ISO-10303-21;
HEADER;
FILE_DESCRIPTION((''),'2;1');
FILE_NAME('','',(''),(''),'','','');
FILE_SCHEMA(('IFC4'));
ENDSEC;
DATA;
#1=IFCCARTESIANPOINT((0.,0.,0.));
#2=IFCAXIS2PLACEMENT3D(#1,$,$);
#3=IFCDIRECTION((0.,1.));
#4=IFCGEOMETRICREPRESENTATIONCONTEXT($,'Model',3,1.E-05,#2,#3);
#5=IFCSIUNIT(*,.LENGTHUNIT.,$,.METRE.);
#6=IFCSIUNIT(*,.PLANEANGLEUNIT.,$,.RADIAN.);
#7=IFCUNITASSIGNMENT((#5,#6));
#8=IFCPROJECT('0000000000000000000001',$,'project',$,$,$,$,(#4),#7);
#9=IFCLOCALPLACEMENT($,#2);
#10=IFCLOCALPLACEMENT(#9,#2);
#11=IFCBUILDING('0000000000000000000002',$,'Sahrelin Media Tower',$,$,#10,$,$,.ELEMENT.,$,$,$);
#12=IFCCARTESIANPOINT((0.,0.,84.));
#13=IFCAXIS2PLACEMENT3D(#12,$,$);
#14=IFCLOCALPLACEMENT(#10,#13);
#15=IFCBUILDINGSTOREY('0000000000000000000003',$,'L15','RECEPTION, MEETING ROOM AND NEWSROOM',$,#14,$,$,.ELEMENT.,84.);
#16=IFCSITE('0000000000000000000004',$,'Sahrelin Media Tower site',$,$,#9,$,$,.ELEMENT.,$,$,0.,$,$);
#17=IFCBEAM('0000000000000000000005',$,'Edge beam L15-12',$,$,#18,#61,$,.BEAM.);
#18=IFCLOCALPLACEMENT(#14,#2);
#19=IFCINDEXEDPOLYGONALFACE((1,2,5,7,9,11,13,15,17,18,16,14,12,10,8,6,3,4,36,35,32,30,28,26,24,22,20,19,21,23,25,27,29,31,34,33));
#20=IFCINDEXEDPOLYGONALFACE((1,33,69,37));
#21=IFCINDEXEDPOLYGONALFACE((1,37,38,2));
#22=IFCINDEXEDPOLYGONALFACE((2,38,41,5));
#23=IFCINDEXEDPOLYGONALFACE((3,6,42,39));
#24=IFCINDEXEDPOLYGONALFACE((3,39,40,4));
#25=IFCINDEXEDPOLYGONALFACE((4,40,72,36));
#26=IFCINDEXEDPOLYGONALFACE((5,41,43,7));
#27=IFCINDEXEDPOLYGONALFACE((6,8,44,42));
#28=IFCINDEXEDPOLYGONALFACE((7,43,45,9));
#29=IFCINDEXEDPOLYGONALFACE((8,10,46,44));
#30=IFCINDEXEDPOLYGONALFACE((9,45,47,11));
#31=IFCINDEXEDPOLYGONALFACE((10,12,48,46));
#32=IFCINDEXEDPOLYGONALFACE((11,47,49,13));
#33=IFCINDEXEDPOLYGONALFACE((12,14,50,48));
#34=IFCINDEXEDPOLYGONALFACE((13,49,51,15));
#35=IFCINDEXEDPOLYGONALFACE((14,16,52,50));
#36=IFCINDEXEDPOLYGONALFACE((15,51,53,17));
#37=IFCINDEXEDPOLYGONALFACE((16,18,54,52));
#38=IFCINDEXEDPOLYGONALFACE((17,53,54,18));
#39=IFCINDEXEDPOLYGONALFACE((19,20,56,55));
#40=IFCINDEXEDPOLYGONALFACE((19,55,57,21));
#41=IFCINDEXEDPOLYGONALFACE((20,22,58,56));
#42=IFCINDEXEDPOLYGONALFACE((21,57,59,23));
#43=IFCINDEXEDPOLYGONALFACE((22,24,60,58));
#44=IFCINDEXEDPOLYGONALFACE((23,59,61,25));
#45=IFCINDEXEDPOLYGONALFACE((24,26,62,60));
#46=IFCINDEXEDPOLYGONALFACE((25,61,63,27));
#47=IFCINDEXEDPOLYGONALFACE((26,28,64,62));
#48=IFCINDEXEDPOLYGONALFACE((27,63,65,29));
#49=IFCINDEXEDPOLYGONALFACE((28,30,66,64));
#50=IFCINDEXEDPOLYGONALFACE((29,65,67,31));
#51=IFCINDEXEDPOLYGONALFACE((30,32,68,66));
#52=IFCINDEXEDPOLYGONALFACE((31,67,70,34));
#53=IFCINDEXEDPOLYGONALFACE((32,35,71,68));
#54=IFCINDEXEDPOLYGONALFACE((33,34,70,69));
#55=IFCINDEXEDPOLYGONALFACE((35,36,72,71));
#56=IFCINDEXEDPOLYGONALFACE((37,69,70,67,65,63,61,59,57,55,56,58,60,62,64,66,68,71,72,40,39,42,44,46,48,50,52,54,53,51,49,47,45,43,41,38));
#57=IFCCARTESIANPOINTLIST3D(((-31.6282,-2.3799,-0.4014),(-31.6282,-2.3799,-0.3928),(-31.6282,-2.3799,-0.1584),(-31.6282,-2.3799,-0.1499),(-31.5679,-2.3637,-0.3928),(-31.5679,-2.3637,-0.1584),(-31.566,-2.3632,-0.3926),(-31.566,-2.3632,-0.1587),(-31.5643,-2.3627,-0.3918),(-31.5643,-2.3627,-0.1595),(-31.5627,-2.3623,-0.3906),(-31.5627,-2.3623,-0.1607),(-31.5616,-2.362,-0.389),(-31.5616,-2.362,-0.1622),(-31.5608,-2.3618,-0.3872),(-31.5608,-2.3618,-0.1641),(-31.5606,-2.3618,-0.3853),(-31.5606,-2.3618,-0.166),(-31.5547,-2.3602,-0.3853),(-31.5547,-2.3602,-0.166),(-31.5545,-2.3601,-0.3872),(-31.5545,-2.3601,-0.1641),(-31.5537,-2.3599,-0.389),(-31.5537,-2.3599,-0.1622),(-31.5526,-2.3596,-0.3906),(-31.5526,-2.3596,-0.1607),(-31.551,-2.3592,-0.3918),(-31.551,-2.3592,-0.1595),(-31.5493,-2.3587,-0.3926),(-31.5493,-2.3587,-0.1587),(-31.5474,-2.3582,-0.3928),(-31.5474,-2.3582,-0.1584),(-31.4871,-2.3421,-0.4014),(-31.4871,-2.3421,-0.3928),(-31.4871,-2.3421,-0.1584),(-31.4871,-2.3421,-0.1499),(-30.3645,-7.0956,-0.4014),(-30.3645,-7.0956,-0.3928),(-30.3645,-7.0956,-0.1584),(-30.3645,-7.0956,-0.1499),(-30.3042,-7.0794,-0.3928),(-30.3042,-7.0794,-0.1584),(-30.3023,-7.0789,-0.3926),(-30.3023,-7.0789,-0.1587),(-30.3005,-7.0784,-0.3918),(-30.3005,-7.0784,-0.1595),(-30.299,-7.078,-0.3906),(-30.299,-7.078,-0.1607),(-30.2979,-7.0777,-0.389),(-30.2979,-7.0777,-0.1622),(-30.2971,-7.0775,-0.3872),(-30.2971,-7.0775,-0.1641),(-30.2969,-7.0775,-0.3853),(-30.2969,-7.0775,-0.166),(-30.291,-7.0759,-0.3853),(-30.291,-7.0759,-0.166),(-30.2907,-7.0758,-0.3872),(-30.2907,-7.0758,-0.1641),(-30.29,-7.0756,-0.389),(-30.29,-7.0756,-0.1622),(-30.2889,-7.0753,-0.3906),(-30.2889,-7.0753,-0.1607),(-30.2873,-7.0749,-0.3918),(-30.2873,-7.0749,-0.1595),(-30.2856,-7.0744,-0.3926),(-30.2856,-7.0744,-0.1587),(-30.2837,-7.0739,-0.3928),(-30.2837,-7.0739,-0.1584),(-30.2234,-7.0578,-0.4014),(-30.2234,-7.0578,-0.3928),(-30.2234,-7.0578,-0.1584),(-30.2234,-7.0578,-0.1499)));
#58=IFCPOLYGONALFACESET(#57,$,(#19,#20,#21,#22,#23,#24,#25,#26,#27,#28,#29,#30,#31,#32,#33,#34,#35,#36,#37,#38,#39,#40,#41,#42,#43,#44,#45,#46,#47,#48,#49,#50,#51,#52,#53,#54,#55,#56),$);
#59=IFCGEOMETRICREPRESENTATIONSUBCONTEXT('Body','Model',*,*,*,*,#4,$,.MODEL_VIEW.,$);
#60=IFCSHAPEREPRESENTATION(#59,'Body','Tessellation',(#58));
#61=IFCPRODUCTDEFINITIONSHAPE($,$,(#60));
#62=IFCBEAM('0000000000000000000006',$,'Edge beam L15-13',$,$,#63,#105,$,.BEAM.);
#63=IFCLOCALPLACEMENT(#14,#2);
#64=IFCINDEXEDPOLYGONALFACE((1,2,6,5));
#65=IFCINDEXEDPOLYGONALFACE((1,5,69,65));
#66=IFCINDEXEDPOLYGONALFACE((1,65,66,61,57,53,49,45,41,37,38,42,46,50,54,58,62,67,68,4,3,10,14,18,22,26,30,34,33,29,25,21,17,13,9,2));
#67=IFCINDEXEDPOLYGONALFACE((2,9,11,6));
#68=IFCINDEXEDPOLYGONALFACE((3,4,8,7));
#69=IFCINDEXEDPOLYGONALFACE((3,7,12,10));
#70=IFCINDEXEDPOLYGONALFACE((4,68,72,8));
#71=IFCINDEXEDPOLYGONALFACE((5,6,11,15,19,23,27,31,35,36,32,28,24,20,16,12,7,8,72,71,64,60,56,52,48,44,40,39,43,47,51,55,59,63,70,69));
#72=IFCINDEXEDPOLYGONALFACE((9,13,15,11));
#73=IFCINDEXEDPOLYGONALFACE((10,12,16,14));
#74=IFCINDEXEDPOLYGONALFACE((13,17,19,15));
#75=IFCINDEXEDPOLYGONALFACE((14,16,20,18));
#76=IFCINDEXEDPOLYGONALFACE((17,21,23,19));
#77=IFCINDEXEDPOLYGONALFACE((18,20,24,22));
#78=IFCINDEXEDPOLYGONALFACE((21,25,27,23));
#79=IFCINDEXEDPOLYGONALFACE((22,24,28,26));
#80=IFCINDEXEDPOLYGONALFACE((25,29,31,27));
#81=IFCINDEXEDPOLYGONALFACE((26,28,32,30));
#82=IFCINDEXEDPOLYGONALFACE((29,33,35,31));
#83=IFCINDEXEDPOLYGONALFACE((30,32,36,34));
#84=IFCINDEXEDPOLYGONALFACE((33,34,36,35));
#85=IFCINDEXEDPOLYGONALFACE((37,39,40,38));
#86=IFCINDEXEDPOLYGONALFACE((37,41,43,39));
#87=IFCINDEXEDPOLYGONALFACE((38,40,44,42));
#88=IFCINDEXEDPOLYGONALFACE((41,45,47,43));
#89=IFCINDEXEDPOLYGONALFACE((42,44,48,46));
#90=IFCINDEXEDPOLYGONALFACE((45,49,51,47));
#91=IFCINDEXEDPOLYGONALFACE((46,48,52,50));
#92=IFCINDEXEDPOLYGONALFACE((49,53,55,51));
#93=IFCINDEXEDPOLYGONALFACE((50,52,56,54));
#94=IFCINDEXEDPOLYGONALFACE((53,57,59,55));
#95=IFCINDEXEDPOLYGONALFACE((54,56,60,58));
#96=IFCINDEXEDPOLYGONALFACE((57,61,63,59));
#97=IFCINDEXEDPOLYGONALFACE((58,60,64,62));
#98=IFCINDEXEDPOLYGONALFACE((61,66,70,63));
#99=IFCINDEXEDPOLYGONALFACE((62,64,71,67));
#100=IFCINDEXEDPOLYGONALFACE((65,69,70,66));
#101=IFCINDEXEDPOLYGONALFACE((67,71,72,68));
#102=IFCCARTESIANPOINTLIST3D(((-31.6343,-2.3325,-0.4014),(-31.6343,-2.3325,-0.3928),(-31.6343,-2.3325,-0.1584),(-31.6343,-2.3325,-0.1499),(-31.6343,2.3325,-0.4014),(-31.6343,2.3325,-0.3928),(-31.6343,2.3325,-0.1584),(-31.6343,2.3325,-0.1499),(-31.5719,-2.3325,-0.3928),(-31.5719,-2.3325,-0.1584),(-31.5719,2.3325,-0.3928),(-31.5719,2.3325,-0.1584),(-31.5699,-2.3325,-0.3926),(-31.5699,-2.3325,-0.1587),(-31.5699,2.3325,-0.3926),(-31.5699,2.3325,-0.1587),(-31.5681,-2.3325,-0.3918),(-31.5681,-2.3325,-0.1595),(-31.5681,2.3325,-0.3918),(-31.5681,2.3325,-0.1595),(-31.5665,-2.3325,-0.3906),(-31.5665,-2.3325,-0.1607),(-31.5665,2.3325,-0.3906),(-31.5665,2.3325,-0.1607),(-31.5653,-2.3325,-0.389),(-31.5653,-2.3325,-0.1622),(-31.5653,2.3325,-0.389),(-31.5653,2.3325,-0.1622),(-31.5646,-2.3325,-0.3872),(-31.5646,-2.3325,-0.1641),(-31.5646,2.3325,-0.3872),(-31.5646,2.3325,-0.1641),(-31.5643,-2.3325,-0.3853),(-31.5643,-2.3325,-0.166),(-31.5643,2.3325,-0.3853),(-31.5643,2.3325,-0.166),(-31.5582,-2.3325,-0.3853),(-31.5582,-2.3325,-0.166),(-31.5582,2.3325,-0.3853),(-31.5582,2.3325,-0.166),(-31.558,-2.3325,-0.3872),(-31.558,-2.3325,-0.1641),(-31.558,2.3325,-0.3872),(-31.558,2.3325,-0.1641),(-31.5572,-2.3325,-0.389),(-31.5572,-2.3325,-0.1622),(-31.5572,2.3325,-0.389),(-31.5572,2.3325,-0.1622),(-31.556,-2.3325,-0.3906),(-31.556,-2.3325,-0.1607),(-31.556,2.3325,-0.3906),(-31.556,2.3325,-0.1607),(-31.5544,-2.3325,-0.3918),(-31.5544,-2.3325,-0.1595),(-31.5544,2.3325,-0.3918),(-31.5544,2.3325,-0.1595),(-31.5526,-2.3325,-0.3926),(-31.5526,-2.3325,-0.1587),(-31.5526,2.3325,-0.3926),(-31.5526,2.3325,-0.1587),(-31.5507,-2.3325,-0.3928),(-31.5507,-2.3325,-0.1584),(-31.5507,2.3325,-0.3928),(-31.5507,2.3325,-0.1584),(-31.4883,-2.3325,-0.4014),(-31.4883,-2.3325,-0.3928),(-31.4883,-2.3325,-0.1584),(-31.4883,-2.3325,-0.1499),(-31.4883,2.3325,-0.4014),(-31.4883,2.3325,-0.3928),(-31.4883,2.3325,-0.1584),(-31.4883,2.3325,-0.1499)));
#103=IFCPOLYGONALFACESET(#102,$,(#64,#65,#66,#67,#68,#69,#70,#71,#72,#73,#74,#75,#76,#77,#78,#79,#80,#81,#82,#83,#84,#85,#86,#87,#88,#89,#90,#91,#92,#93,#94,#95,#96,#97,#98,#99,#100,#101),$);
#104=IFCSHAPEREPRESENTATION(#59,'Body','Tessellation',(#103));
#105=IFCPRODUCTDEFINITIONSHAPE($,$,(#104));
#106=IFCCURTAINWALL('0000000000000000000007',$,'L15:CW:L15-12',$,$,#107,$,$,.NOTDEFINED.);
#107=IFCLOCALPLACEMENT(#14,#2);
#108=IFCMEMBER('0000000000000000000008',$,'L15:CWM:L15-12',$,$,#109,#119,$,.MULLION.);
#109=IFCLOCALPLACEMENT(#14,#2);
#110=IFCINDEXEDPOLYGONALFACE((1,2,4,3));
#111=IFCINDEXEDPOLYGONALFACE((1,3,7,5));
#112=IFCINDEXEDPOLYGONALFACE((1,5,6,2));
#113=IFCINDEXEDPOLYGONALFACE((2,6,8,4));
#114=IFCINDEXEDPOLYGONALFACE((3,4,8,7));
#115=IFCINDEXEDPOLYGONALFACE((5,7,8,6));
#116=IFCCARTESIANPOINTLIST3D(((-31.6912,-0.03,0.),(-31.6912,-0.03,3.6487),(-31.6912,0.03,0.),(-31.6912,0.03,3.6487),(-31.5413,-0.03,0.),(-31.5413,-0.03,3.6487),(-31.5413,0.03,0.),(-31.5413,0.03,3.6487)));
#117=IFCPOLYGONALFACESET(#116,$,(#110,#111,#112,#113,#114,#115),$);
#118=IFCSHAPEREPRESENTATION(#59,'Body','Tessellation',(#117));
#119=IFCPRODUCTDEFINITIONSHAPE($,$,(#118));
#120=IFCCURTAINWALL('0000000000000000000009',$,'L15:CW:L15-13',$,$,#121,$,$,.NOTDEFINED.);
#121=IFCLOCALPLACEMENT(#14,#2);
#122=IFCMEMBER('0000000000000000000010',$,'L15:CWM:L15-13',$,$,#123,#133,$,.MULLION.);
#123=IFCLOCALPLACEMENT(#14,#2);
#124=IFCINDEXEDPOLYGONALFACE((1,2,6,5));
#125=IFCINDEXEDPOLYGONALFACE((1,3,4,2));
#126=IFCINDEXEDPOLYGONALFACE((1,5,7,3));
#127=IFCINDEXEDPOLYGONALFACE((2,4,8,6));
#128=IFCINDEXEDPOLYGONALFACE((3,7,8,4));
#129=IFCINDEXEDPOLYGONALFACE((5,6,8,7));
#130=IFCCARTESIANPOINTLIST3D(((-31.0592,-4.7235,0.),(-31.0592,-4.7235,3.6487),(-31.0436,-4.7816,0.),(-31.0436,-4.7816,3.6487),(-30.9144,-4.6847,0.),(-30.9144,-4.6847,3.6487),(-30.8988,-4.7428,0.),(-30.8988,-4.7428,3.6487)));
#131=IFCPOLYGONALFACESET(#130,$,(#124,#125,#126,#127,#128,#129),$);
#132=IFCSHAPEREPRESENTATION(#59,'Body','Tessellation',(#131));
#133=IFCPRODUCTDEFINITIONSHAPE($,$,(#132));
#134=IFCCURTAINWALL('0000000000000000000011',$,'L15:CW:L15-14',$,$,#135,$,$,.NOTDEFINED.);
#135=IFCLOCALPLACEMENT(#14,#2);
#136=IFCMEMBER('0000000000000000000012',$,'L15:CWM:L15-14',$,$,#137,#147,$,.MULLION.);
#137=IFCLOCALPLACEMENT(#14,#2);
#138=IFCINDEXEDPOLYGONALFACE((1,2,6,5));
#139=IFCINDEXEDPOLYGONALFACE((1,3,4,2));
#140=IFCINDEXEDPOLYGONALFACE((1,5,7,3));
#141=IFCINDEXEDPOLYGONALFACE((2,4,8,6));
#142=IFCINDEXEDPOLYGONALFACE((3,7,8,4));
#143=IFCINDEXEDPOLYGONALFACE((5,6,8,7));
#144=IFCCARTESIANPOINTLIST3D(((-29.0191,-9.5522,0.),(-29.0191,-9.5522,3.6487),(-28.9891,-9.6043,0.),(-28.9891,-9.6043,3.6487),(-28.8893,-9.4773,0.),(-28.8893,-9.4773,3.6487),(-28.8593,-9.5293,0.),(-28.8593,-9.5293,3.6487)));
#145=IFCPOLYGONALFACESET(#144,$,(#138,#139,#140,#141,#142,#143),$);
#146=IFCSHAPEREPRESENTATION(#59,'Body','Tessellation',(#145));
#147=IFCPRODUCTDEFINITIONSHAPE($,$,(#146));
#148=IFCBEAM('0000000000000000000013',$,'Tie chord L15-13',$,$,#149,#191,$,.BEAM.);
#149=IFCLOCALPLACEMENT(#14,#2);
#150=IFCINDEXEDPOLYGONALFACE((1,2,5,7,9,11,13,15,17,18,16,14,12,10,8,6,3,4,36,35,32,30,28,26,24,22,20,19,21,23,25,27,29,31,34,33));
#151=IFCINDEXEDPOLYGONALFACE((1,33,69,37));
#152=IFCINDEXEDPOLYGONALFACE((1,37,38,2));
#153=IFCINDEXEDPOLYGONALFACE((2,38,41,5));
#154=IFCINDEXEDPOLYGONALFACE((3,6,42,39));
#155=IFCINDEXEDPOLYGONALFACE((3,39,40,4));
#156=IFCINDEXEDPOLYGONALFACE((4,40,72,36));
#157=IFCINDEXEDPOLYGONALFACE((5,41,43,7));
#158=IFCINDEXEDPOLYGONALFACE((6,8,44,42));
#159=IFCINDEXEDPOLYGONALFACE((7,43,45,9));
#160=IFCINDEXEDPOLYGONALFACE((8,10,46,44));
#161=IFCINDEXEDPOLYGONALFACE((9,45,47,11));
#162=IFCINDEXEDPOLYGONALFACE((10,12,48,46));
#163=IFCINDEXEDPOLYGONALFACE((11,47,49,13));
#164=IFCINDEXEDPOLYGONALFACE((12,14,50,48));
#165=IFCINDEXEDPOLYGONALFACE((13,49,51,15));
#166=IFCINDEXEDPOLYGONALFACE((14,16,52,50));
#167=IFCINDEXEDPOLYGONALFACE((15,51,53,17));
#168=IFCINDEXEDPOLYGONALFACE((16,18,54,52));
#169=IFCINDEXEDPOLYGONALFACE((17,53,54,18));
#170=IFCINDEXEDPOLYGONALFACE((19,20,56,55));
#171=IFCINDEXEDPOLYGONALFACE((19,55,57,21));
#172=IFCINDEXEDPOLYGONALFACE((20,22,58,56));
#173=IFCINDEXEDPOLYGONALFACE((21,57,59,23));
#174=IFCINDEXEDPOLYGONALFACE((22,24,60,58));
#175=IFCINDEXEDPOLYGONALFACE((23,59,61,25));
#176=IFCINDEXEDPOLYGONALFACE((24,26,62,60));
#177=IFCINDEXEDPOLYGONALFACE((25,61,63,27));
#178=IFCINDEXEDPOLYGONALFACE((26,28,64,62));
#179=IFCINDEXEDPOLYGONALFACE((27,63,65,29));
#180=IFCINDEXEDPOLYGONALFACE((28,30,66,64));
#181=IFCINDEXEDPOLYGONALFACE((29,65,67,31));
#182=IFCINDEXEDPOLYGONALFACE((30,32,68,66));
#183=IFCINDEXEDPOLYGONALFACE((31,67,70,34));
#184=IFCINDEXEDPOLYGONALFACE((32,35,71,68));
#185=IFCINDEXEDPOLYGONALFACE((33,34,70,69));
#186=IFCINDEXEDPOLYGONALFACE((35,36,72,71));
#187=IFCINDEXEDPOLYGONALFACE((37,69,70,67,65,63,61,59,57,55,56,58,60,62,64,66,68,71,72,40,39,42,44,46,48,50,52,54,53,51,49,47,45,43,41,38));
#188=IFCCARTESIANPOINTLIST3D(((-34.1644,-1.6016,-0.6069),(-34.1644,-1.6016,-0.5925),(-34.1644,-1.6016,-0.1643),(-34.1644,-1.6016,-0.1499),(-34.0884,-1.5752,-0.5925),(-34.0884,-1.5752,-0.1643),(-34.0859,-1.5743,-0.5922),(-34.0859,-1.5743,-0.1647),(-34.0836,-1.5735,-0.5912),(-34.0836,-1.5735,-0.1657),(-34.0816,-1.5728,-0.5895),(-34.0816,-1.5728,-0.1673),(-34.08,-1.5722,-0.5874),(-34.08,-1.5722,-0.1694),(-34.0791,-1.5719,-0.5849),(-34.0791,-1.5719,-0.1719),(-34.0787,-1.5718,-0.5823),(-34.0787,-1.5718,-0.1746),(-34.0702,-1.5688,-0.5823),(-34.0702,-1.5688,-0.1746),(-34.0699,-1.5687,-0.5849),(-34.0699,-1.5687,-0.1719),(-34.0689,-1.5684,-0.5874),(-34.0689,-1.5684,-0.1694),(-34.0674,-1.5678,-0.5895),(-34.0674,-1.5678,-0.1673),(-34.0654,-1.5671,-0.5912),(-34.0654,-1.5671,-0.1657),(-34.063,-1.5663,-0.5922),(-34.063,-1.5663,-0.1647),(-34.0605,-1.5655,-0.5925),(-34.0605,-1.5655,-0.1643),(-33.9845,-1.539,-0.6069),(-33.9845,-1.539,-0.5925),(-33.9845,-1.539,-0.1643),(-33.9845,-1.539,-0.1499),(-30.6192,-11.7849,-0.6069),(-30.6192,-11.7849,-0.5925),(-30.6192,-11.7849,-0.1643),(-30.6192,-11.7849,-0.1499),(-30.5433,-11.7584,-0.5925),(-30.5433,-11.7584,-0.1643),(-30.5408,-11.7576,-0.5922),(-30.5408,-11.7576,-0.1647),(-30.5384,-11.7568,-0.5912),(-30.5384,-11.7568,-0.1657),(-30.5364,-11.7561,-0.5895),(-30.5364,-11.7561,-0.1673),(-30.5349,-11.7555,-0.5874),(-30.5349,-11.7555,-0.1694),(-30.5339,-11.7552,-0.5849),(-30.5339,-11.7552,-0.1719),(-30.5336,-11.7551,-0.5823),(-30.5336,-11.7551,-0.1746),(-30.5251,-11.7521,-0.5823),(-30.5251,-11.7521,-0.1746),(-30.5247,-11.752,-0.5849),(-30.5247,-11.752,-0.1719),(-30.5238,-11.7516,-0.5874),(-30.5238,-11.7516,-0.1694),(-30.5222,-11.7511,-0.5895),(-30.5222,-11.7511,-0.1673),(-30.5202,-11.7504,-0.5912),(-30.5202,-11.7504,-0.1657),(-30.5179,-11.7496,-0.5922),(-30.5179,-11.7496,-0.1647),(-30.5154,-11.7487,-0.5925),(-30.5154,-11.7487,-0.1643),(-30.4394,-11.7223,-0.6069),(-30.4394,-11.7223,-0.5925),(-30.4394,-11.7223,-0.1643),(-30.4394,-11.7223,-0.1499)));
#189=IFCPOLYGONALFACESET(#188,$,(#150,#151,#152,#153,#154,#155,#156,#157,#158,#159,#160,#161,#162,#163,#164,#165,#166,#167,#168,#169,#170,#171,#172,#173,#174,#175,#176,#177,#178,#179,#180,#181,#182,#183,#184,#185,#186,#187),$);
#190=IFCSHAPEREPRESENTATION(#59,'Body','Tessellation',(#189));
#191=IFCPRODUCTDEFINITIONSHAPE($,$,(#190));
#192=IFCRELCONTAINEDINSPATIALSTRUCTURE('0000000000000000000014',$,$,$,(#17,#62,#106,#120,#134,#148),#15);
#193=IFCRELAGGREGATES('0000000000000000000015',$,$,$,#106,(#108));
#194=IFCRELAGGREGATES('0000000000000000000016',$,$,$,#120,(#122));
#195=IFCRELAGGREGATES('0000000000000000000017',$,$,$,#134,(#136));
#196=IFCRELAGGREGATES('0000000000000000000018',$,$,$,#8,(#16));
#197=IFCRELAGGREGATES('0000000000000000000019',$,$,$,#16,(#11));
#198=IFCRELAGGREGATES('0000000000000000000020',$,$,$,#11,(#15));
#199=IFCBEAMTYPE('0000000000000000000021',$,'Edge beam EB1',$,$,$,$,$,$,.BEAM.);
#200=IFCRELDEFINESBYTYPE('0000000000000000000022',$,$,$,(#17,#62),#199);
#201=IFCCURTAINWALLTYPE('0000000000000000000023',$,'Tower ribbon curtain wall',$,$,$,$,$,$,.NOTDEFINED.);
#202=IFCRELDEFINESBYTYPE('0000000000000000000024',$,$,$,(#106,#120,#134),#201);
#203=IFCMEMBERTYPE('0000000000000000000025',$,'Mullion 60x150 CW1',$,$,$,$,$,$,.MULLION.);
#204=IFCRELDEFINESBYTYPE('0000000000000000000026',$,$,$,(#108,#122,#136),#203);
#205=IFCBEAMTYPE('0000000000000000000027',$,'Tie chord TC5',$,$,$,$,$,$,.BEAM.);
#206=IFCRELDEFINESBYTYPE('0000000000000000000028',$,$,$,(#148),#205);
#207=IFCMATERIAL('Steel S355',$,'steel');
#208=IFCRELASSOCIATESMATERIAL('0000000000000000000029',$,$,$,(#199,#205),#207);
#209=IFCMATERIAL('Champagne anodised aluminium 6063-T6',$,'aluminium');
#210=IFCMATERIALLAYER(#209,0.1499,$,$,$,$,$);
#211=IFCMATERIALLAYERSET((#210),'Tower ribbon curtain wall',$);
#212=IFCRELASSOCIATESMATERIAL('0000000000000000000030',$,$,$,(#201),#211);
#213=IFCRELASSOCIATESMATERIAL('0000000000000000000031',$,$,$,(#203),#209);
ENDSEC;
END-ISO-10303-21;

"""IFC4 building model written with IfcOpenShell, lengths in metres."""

from ifc_helpers import new_model, si_unit, direction, frame, origin, origin_2d, place, context, subcontext, project, spatial, rectangle, i_section, extrude, material, layer, layer_set, material_profile, profile_set, type_object, element, aggregate, save


model = new_model("IFC4")

# Units and contexts
model_context = context("Model", 3, precision=1e-05, world=origin(), true_north=direction((0.0, 1.0)))
body_context = subcontext(model_context, "Body", "Model", "MODEL_VIEW")
ifc_project = project(units=[si_unit("LENGTHUNIT", "METRE"), si_unit("PLANEANGLEUNIT", "RADIAN")], contexts=[model_context])

# Site, building, storey
site_placement = place(None, origin())
site = spatial("IfcSite", under=ifc_project, at=site_placement, Name="Sahrelin Media Tower site", CompositionType="ELEMENT", RefElevation=0.0)
building_placement = place(site_placement, origin())
building = spatial("IfcBuilding", under=site, at=building_placement, Name="Sahrelin Media Tower", CompositionType="ELEMENT")
storey_placement = place(building_placement, frame((0.0, 0.0, 84.0)))
storey = spatial("IfcBuildingStorey", under=building, at=storey_placement, Name="L15", Description="RECEPTION, MEETING ROOM AND NEWSROOM", CompositionType="ELEMENT", Elevation=84.0)

# Beams
ifc_material_1 = material(Name="Steel S355", Category="steel")
ifc_material_profile_1 = material_profile(ifc_material_1, i_section(OverallWidth=0.146, OverallDepth=0.2515, WebThickness=0.0061, FlangeThickness=0.0085, FilletRadius=0.0076, at=origin_2d()), Name="UB 254x146x31")
ifc_profile_set_1 = profile_set([ifc_material_profile_1], Name="Steel S355")
beam_type_1 = type_object("IfcBeamType", Name="Edge beam EB1", PredefinedType="BEAM", material=ifc_profile_set_1)
beam_1_placement = place(storey_placement, frame((-30.2939, -7.0767, -0.2756), z_axis=(-0.258845, 0.965919, 0.0), x_axis=(-0.965919, -0.258845, 0.0)))
element("IfcBeam", 1, at=beam_1_placement, inside=storey, type_object=beam_type_1, Name="Edge beam L15-12", PredefinedType="BEAM", context=body_context, shape_type="SweptSolid", body=[
    extrude(i_section(OverallWidth=0.146, OverallDepth=0.2515, WebThickness=0.0061, FlangeThickness=0.0085, FilletRadius=0.0076, at=origin_2d()), origin(), (0.0, 0.0, 1.0), 4.8821),
])
beam_2_placement = place(storey_placement, frame((-31.5613, -2.3325, -0.2756), z_axis=(0.0, 1.0, 0.0), x_axis=(-1.0, 0.0, 0.0)))
element("IfcBeam", 2, at=beam_2_placement, inside=storey, type_object=beam_type_1, Name="Edge beam L15-13", PredefinedType="BEAM", context=body_context, shape_type="SweptSolid", body=[
    extrude(i_section(OverallWidth=0.146, OverallDepth=0.2515, WebThickness=0.0061, FlangeThickness=0.0085, FilletRadius=0.0076, at=origin_2d()), origin(), (0.0, 0.0, 1.0), 4.665),
])

# Curtain walls, members
ifc_material_2 = material(Name="Champagne anodised aluminium 6063-T6", Category="aluminium")
ifc_layer_1 = layer(ifc_material_2, 0.1499)
ifc_layer_set_1 = layer_set([ifc_layer_1], Name="Tower ribbon curtain wall")
curtain_wall_type = type_object("IfcCurtainWallType", Name="Tower ribbon curtain wall", PredefinedType="NOTDEFINED", material=ifc_layer_set_1)
curtain_wall_1_placement = place(storey_placement, frame((-31.7112, 0.0, 0.0), z_axis=(0.0, 0.0, 1.0), x_axis=(1.0, 0.0, 0.0)))
curtain_wall_1 = element("IfcCurtainWall", 3, at=curtain_wall_1_placement, inside=storey, type_object=curtain_wall_type, Name="L15:CW:L15-12", PredefinedType="NOTDEFINED")
ifc_material_profile_2 = material_profile(ifc_material_2, rectangle(XDim=0.0601, YDim=0.1499, at=origin_2d()), Name="Mullion 60x150")
ifc_profile_set_2 = profile_set([ifc_material_profile_2], Name="Champagne anodised aluminium 6063-T6")
member_type_1 = type_object("IfcMemberType", Name="Mullion 60x150 CW1", PredefinedType="MULLION", material=ifc_profile_set_2)
member_1_placement = place(storey_placement, frame((-31.6162, 0.0, 0.0), z_axis=(0.0, 0.0, 1.0), x_axis=(0.0, -1.0, 0.0)))
member_1 = element("IfcMember", 4, at=member_1_placement, type_object=member_type_1, Name="L15:CWM:L15-12", PredefinedType="MULLION", context=body_context, shape_type="SweptSolid", body=[
    extrude(rectangle(XDim=0.0601, YDim=0.1499, at=origin_2d()), origin(), (0.0, 0.0, 1.0), 3.6487),
])
aggregate(curtain_wall_1, [member_1])
curtain_wall_2_placement = place(storey_placement, frame((-31.0708, -4.7576, 0.0), z_axis=(0.0, 0.0, 1.0), x_axis=(1.0, 0.0, 0.0)))
curtain_wall_2 = element("IfcCurtainWall", 5, at=curtain_wall_2_placement, inside=storey, type_object=curtain_wall_type, Name="L15:CW:L15-13", PredefinedType="NOTDEFINED")
member_2_placement = place(storey_placement, frame((-30.979, -4.7332, 0.0), z_axis=(0.0, 0.0, 1.0), x_axis=(0.258817, -0.965926, 0.0)))
member_2 = element("IfcMember", 6, at=member_2_placement, type_object=member_type_1, Name="L15:CWM:L15-13", PredefinedType="MULLION", context=body_context, shape_type="SweptSolid", body=[
    extrude(rectangle(XDim=0.0601, YDim=0.1499, at=origin_2d()), origin(), (0.0, 0.0, 1.0), 3.6487),
])
curtain_wall_3_placement = place(storey_placement, frame((-29.0215, -9.5884, 0.0), z_axis=(0.0, 0.0, 1.0), x_axis=(1.0, 0.0, 0.0)))
curtain_wall_3 = element("IfcCurtainWall", 7, at=curtain_wall_3_placement, inside=storey, type_object=curtain_wall_type, Name="L15:CW:L15-14", PredefinedType="NOTDEFINED")
member_3_placement = place(storey_placement, frame((-28.9392, -9.5408, 0.0), z_axis=(0.0, 0.0, 1.0), x_axis=(0.499991, -0.866031, 0.0)))
member_3 = element("IfcMember", 8, at=member_3_placement, type_object=member_type_1, Name="L15:CWM:L15-14", PredefinedType="MULLION", context=body_context, shape_type="SweptSolid", body=[
    extrude(rectangle(XDim=0.0601, YDim=0.1499, at=origin_2d()), origin(), (0.0, 0.0, 1.0), 3.6487),
])

# Beam
ifc_material_profile_3 = material_profile(ifc_material_1, i_section(OverallWidth=0.1904, OverallDepth=0.457, WebThickness=0.009, FlangeThickness=0.0144, FilletRadius=0.0103, at=origin_2d()), Name="UB 457x191x74")
ifc_profile_set_3 = profile_set([ifc_material_profile_3], Name="Steel S355")
beam_type_2 = type_object("IfcBeamType", Name="Tie chord TC5", PredefinedType="BEAM", material=ifc_profile_set_3)
beam_3_placement = place(storey_placement, frame((-34.0745, -1.5703, -0.3784), z_axis=(0.32878, -0.944407, 0.0), x_axis=(0.944407, 0.32878, 0.0)))
element("IfcBeam", 9, at=beam_3_placement, inside=storey, type_object=beam_type_2, Name="Tie chord L15-13", PredefinedType="BEAM", context=body_context, shape_type="SweptSolid", body=[
    extrude(i_section(OverallWidth=0.1904, OverallDepth=0.457, WebThickness=0.009, FlangeThickness=0.0144, FilletRadius=0.0103, at=origin_2d()), origin(), (0.0, 0.0, 1.0), 10.7827),
])

aggregate(curtain_wall_2, [member_2])
aggregate(curtain_wall_3, [member_3])

save(model, "model.ifc")
